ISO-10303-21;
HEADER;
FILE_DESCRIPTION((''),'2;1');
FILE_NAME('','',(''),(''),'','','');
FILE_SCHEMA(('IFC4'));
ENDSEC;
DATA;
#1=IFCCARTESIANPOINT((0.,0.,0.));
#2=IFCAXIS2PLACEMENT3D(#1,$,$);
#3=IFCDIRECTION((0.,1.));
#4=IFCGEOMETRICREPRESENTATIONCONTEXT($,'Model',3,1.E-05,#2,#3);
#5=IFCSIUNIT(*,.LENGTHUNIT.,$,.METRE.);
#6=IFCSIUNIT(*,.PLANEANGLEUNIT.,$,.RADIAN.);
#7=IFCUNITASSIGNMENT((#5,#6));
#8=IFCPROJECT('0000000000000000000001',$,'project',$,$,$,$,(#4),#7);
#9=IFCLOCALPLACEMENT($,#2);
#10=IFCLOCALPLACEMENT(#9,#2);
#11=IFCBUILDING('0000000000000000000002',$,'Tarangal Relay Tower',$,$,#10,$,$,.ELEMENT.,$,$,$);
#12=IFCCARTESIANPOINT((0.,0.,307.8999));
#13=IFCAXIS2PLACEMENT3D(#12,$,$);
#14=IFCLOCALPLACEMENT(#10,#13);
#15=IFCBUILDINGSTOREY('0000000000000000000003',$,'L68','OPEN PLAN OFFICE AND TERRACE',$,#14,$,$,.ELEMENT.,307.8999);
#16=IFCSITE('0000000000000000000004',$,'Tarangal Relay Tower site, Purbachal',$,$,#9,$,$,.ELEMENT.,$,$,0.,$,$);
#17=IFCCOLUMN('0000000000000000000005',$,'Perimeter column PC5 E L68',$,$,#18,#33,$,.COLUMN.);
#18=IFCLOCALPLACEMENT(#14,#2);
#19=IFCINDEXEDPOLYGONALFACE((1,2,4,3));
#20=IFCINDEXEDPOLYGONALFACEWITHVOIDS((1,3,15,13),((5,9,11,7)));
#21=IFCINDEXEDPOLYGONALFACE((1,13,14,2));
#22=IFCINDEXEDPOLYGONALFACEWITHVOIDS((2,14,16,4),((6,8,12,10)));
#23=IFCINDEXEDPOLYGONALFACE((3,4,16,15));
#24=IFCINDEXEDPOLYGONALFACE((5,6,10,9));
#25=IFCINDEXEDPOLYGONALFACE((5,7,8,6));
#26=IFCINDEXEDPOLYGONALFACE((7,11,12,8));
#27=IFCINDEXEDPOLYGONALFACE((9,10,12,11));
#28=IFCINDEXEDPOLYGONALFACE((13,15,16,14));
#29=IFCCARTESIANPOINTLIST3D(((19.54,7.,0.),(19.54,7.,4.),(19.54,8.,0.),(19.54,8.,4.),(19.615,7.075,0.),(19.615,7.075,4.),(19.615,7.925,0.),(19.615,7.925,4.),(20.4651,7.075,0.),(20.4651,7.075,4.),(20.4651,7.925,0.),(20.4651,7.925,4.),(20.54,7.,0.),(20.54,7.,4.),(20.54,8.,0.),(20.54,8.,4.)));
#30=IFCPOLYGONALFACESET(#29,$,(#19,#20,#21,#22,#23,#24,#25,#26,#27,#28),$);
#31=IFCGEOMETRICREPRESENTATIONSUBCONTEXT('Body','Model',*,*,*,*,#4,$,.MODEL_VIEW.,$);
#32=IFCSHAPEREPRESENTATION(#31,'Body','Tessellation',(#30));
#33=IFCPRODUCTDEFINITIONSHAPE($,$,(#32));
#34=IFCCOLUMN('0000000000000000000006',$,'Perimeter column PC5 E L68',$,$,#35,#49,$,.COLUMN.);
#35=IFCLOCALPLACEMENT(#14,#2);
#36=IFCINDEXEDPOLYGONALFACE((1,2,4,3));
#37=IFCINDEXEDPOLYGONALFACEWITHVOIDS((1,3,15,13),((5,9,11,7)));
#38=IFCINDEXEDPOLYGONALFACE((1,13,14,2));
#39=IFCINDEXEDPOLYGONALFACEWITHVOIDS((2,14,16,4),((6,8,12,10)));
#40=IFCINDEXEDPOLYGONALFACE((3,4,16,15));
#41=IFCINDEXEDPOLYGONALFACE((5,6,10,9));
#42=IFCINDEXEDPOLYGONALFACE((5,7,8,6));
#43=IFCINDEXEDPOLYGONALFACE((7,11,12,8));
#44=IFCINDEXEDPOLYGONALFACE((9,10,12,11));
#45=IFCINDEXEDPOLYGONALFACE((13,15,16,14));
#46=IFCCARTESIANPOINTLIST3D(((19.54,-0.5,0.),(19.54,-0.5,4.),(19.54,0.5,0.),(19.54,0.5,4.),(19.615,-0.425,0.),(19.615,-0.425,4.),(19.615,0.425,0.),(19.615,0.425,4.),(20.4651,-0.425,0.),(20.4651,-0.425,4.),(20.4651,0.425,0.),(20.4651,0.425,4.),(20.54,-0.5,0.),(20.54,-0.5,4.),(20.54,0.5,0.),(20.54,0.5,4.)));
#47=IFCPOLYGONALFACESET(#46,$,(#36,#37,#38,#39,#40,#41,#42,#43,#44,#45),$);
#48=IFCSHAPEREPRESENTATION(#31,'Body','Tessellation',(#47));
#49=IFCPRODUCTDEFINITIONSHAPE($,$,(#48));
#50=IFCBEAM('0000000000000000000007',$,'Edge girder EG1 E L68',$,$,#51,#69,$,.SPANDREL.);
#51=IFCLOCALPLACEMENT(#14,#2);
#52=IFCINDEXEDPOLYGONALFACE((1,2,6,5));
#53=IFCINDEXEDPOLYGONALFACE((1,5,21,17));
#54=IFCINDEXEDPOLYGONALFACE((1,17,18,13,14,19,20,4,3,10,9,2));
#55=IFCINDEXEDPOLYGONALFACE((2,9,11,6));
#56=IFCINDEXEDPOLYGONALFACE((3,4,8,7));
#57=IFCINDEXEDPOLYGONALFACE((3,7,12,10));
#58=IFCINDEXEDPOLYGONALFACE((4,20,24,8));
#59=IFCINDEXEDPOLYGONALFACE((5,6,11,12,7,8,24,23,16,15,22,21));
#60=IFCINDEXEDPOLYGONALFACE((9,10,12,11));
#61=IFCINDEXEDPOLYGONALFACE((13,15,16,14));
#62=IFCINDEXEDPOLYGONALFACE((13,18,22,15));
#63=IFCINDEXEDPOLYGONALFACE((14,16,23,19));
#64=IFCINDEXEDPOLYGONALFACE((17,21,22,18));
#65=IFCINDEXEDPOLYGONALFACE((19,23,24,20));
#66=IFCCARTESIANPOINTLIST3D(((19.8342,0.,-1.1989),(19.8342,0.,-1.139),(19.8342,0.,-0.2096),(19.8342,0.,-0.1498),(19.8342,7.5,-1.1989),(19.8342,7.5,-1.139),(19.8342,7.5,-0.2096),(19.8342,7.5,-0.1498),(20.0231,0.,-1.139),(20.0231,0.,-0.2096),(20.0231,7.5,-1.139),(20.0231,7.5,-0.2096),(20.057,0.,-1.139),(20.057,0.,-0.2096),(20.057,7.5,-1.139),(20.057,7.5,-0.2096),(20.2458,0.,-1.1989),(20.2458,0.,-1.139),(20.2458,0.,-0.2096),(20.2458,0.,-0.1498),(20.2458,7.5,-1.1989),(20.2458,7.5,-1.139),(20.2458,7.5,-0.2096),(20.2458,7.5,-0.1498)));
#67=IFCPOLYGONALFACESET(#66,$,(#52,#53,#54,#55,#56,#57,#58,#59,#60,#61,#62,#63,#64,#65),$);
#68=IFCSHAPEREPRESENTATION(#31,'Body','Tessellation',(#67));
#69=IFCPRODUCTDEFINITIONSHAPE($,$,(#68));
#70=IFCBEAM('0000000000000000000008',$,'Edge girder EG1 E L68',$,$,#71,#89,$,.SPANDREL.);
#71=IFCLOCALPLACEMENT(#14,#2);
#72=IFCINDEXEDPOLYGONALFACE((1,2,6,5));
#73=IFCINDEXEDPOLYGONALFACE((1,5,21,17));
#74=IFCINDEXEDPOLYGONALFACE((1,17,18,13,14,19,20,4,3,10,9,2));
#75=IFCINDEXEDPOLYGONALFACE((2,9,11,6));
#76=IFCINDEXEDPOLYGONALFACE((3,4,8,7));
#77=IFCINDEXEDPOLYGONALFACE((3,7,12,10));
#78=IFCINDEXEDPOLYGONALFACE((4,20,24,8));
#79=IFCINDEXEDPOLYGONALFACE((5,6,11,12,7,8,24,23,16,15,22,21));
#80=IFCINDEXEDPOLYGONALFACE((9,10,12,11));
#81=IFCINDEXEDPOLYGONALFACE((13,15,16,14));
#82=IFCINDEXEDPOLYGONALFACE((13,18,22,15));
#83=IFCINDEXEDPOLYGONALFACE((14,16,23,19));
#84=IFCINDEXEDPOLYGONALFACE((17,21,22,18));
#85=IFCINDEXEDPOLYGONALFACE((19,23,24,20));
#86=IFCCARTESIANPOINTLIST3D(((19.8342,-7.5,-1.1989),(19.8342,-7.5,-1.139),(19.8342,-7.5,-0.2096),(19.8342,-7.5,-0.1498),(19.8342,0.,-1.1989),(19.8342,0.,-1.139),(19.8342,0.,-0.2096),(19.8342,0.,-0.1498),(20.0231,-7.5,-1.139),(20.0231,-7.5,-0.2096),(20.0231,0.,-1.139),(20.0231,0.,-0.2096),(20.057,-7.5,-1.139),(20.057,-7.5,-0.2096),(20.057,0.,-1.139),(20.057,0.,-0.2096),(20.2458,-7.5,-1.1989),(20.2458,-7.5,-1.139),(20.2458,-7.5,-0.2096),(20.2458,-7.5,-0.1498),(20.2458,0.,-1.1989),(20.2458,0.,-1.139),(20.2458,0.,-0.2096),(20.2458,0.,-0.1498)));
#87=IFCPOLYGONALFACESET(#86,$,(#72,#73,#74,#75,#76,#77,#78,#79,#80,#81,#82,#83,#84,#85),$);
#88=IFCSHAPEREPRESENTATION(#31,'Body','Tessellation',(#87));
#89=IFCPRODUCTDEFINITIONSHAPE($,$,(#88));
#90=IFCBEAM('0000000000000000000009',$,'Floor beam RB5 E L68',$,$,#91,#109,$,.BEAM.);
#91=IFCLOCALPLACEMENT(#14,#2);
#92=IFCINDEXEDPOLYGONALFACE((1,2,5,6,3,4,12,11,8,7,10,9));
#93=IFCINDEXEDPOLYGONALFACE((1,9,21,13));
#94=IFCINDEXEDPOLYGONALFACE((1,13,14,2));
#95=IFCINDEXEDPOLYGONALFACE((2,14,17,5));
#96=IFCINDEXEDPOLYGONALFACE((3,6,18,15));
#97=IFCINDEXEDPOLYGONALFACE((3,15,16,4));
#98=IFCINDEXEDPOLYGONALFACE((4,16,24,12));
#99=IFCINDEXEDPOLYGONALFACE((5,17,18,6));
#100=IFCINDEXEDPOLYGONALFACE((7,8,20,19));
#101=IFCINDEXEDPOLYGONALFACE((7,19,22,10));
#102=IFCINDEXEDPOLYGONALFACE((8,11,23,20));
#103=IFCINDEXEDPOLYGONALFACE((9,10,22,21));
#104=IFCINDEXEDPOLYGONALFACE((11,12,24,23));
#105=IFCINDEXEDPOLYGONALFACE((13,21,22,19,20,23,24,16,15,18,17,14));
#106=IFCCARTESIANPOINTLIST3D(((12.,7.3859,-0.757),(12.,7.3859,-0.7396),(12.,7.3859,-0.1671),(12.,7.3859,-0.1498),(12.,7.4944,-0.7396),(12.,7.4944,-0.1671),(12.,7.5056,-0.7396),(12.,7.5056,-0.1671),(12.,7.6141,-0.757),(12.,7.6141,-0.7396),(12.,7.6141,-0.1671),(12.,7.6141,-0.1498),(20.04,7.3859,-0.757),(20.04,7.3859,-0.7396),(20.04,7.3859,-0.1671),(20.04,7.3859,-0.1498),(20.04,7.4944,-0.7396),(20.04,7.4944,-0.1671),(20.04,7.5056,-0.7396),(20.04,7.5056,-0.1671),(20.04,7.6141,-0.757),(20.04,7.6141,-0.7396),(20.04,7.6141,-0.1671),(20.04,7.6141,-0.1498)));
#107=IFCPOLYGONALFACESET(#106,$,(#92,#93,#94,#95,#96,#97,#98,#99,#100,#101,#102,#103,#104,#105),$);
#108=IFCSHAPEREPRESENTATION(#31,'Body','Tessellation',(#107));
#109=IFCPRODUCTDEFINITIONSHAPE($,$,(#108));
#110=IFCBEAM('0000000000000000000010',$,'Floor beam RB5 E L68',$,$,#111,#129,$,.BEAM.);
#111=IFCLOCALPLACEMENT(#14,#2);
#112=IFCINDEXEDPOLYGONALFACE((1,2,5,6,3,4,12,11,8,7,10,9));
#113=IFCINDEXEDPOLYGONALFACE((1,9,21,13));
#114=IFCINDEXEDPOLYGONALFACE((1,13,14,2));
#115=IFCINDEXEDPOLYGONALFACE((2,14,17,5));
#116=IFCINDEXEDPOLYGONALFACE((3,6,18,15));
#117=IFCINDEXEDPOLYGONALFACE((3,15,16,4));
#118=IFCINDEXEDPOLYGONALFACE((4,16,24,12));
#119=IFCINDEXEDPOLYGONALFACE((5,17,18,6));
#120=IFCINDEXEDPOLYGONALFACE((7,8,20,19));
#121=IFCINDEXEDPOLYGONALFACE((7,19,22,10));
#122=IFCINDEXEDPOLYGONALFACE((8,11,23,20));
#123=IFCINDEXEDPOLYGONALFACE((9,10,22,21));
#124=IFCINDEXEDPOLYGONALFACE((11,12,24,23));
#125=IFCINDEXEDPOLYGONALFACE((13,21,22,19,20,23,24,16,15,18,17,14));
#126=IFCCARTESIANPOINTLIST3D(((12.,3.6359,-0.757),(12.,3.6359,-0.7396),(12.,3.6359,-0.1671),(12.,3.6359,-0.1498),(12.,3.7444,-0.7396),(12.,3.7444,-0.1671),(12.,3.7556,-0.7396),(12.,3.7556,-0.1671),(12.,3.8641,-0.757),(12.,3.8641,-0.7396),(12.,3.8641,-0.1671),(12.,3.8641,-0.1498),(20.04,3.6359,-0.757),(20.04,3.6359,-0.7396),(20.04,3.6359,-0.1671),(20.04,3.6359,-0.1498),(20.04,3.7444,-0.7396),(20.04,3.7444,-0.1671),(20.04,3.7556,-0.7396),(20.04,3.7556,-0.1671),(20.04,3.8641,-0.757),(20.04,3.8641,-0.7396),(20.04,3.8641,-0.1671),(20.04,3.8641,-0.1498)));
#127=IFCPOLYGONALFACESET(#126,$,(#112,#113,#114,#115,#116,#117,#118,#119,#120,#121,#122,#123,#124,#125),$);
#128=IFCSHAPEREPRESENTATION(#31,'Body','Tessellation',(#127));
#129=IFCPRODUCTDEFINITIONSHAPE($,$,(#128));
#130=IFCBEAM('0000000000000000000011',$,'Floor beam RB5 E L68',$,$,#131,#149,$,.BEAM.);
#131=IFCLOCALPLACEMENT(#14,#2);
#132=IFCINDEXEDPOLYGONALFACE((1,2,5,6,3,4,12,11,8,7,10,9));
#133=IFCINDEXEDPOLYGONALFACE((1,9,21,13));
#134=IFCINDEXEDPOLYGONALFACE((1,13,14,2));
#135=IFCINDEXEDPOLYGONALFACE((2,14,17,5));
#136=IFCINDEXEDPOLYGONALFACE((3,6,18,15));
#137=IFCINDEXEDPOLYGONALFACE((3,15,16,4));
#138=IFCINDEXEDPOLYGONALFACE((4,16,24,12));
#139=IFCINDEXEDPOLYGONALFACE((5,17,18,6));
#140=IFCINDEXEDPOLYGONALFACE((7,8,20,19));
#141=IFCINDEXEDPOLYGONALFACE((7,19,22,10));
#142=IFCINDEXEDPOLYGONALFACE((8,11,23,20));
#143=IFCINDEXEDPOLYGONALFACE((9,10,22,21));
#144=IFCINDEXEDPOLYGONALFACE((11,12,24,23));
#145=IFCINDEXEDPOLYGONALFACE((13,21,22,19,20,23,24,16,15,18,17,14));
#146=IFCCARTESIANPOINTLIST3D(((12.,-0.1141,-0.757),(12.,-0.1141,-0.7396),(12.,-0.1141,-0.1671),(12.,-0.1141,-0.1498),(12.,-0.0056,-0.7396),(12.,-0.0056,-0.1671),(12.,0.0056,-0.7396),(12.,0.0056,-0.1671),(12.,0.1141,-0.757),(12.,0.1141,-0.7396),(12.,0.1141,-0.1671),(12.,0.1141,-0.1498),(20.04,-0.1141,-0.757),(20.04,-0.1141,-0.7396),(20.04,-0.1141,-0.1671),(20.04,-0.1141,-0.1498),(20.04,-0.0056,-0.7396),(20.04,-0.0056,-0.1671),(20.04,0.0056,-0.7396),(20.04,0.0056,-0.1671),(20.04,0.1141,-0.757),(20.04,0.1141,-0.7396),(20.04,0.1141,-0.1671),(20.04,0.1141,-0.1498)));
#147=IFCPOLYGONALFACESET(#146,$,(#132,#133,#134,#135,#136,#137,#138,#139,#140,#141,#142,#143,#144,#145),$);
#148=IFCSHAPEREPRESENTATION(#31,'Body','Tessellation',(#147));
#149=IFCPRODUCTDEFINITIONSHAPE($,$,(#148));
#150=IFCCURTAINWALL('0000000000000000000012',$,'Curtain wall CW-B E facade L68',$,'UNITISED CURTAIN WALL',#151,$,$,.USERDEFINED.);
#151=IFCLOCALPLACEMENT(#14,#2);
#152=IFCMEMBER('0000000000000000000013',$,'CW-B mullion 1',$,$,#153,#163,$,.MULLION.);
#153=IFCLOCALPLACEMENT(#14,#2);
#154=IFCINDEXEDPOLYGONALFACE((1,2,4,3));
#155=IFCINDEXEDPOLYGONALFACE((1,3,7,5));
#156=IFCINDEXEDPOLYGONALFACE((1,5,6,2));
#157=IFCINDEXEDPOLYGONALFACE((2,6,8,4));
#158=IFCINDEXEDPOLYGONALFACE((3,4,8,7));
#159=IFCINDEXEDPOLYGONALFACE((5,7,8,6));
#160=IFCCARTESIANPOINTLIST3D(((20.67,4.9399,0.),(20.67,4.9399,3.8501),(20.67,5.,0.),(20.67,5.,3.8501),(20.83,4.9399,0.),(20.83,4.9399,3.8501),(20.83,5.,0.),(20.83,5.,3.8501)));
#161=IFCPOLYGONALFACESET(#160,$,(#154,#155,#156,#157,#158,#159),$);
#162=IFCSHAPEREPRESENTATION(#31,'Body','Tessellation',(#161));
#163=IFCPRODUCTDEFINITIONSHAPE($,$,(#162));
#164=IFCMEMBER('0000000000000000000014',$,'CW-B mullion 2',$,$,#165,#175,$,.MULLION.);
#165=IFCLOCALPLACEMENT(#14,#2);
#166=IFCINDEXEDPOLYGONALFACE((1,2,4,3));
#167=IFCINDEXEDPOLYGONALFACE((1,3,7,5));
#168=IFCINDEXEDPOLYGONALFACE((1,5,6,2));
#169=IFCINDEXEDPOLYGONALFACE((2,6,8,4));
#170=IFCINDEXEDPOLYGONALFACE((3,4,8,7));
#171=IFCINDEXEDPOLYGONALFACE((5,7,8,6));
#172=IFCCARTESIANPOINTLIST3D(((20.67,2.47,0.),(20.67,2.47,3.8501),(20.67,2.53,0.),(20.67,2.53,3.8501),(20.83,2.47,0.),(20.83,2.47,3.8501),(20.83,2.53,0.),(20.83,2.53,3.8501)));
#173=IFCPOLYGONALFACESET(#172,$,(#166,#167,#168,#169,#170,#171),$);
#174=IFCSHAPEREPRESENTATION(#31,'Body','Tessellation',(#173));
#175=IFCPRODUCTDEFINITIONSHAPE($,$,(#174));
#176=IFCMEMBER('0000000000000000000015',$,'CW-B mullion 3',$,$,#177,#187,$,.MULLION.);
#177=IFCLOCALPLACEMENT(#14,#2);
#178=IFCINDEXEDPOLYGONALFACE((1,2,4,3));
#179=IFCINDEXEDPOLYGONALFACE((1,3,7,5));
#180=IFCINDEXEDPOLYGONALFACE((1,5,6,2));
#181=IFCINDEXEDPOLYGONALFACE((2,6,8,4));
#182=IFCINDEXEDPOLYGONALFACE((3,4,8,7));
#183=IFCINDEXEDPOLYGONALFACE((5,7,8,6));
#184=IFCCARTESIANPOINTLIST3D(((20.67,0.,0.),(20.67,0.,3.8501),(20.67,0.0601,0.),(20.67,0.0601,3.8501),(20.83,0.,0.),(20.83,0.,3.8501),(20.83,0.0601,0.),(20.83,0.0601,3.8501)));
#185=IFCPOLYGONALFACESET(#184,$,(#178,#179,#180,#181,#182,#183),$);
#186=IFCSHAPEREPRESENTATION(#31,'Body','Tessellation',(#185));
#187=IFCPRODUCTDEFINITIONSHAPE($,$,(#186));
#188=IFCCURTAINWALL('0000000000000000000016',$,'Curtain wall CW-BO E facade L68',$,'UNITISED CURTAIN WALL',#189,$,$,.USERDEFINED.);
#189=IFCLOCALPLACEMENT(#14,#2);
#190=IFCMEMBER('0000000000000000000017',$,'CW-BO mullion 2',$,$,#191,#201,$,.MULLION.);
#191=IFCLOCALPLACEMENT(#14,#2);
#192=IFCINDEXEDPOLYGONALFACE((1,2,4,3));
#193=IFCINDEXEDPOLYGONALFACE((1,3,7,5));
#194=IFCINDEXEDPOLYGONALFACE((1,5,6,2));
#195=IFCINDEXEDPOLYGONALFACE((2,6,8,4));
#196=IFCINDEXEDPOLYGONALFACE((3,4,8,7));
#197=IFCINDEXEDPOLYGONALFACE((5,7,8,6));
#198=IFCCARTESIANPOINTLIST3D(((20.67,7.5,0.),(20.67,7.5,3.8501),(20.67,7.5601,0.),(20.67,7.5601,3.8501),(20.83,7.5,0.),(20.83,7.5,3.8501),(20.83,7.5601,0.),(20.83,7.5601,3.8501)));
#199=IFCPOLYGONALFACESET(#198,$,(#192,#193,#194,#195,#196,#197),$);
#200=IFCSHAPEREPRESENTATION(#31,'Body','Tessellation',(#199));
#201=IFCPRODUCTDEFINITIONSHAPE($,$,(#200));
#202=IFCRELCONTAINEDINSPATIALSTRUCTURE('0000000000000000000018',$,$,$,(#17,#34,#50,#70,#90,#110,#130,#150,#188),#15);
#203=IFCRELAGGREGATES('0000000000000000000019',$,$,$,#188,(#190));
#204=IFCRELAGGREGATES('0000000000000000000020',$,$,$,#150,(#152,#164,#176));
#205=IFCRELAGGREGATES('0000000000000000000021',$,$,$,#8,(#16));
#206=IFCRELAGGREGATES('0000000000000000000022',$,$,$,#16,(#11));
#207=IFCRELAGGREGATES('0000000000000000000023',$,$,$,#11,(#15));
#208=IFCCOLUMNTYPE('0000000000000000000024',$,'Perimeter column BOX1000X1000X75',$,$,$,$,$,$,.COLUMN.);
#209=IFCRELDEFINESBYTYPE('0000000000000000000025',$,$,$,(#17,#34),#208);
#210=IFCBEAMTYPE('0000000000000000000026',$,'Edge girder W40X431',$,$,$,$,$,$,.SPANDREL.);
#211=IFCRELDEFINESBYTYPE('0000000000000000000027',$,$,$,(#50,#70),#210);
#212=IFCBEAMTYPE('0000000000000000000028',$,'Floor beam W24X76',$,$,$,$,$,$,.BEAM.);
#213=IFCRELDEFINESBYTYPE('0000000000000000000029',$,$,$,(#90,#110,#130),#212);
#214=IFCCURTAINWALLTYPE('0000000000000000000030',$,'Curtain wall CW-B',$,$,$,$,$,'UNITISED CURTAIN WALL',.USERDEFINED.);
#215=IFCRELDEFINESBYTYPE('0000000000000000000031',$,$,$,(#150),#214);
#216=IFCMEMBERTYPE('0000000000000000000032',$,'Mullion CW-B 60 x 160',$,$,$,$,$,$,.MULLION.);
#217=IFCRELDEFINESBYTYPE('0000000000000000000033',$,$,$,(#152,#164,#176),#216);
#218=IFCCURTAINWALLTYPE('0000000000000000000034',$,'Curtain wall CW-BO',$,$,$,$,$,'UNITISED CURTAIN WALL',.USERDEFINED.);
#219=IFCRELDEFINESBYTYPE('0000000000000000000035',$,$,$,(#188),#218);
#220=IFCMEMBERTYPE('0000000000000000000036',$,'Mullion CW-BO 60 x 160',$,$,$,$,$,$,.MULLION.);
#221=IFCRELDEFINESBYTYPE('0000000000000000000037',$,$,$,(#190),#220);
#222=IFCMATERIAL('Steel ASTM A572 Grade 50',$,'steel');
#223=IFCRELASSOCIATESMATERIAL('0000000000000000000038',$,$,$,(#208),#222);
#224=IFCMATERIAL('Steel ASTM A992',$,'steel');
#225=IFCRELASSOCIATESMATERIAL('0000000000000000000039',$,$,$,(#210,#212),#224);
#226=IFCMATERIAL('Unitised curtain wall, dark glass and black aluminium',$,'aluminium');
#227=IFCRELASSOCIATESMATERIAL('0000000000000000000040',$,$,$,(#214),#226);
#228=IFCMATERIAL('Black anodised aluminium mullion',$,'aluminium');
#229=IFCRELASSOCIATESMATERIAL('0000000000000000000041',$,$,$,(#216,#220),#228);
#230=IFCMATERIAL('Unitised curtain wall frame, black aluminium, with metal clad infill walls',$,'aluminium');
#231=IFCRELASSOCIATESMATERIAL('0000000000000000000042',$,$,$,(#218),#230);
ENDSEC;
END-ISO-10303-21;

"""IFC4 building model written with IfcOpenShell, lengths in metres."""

from ifc_helpers import new_model, si_unit, direction, frame, origin, origin_2d, place, context, subcontext, project, spatial, rectangle, hollow_rectangle, i_section, extrude, material, material_profile, profile_set, type_object, element, aggregate, save


model = new_model("IFC4")

# Units and contexts
model_context = context("Model", 3, precision=1e-05, world=origin(), true_north=direction((0.0, 1.0)))
body_context = subcontext(model_context, "Body", "Model", "MODEL_VIEW")
ifc_project = project(units=[si_unit("LENGTHUNIT", "METRE"), si_unit("PLANEANGLEUNIT", "RADIAN")], contexts=[model_context])

# Site, building, storey
site_placement = place(None, origin())
site = spatial("IfcSite", under=ifc_project, at=site_placement, Name="Tarangal Relay Tower site, Purbachal", CompositionType="ELEMENT", RefElevation=0.0)
building_placement = place(site_placement, origin())
building = spatial("IfcBuilding", under=site, at=building_placement, Name="Tarangal Relay Tower", CompositionType="ELEMENT")
storey_placement = place(building_placement, frame((0.0, 0.0, 307.8999)))
storey = spatial("IfcBuildingStorey", under=building, at=storey_placement, Name="L68", Description="OPEN PLAN OFFICE AND TERRACE", CompositionType="ELEMENT", Elevation=307.8999)

# Columns
ifc_material_1 = material(Name="Steel ASTM A572 Grade 50", Category="steel")
ifc_material_profile_1 = material_profile(ifc_material_1, hollow_rectangle(XDim=1.0, YDim=1.0, WallThickness=0.075, at=origin_2d()), Name="BOX1000X1000X75")
ifc_profile_set_1 = profile_set([ifc_material_profile_1], Name="Steel ASTM A572 Grade 50")
column_type = type_object("IfcColumnType", Name="Perimeter column BOX1000X1000X75", PredefinedType="COLUMN", material=ifc_profile_set_1)
for number, where, z_axis, x_axis, name in (
    (1, (20.04, 7.5, 0.0), (0.0, 0.0, 1.0), (1.0, 0.0, 0.0), "Perimeter column PC5 E L68"),
    (2, (20.04, 0.0, 0.0), (0.0, 0.0, 1.0), (1.0, 0.0, 0.0), "Perimeter column PC5 E L68"),
):
    element("IfcColumn", number, at=place(storey_placement, frame(where, z_axis=z_axis, x_axis=x_axis)), inside=storey, type_object=column_type, Name=name, PredefinedType="COLUMN", context=body_context, shape_type="SweptSolid", body=[
        extrude(hollow_rectangle(XDim=1.0, YDim=1.0, WallThickness=0.075, at=origin_2d()), origin(), (0.0, 0.0, 1.0), 4.0),
    ])

# Beams
ifc_material_2 = material(Name="Steel ASTM A992", Category="steel")
ifc_material_profile_2 = material_profile(ifc_material_2, i_section(OverallWidth=0.4116, OverallDepth=1.0491, WebThickness=0.0339, FlangeThickness=0.0598, at=origin_2d()), Name="W40X431")
ifc_profile_set_2 = profile_set([ifc_material_profile_2], Name="Steel ASTM A992")
beam_type_1 = type_object("IfcBeamType", Name="Edge girder W40X431", PredefinedType="SPANDREL", material=ifc_profile_set_2)
for number, where, z_axis, x_axis, name in (
    (3, (20.04, 7.5, -0.6743), (0.0, -1.0, 0.0), (1.0, 0.0, 0.0), "Edge girder EG1 E L68"),
    (4, (20.04, 0.0, -0.6743), (0.0, -1.0, 0.0), (1.0, 0.0, 0.0), "Edge girder EG1 E L68"),
):
    element("IfcBeam", number, at=place(storey_placement, frame(where, z_axis=z_axis, x_axis=x_axis)), inside=storey, type_object=beam_type_1, Name=name, PredefinedType="SPANDREL", context=body_context, shape_type="SweptSolid", body=[
        extrude(i_section(OverallWidth=0.4116, OverallDepth=1.0491, WebThickness=0.0339, FlangeThickness=0.0598, at=origin_2d()), origin(), (0.0, 0.0, 1.0), 7.5),
    ])
ifc_material_profile_3 = material_profile(ifc_material_2, i_section(OverallWidth=0.2283, OverallDepth=0.6072, WebThickness=0.0112, FlangeThickness=0.0173, at=origin_2d()), Name="W24X76")
ifc_profile_set_3 = profile_set([ifc_material_profile_3], Name="Steel ASTM A992")
beam_type_2 = type_object("IfcBeamType", Name="Floor beam W24X76", PredefinedType="BEAM", material=ifc_profile_set_3)
for number, where, z_axis, x_axis, name in (
    (5, (12.0, 7.5, -0.4534), (1.0, 0.0, 0.0), (0.0, 1.0, 0.0), "Floor beam RB5 E L68"),
    (6, (12.0, 3.75, -0.4534), (1.0, 0.0, 0.0), (0.0, 1.0, 0.0), "Floor beam RB5 E L68"),
    (7, (12.0, 0.0, -0.4534), (1.0, 0.0, 0.0), (0.0, 1.0, 0.0), "Floor beam RB5 E L68"),
):
    element("IfcBeam", number, at=place(storey_placement, frame(where, z_axis=z_axis, x_axis=x_axis)), inside=storey, type_object=beam_type_2, Name=name, PredefinedType="BEAM", context=body_context, shape_type="SweptSolid", body=[
        extrude(i_section(OverallWidth=0.2283, OverallDepth=0.6072, WebThickness=0.0112, FlangeThickness=0.0173, at=origin_2d()), origin(), (0.0, 0.0, 1.0), 8.04),
    ])

# Curtain wall, members
ifc_material_3 = material(Name="Unitised curtain wall, dark glass and black aluminium", Category="aluminium")
curtain_wall_type_1 = type_object("IfcCurtainWallType", Name="Curtain wall CW-B", ElementType="UNITISED CURTAIN WALL", PredefinedType="USERDEFINED", material=ifc_material_3)
curtain_wall_1_placement = place(storey_placement, origin())
curtain_wall_1 = element("IfcCurtainWall", 8, at=curtain_wall_1_placement, inside=storey, type_object=curtain_wall_type_1, Name="Curtain wall CW-B E facade L68", ObjectType="UNITISED CURTAIN WALL", PredefinedType="USERDEFINED")
ifc_material_4 = material(Name="Black anodised aluminium mullion", Category="aluminium")
ifc_material_profile_4 = material_profile(ifc_material_4, rectangle(XDim=0.1599, YDim=0.0601, at=origin_2d()), Name="CW-BM 60X160")
ifc_profile_set_4 = profile_set([ifc_material_profile_4], Name="Black anodised aluminium mullion")
member_type_1 = type_object("IfcMemberType", Name="Mullion CW-B 60 x 160", PredefinedType="MULLION", material=ifc_profile_set_4)
member_1_placement = place(storey_placement, frame((20.75, 4.97, 0.0), z_axis=(0.0, 0.0, 1.0), x_axis=(1.0, 0.0, 0.0)))
member_1 = element("IfcMember", 9, at=member_1_placement, type_object=member_type_1, Name="CW-B mullion 1", PredefinedType="MULLION", context=body_context, shape_type="SweptSolid", body=[
    extrude(rectangle(XDim=0.1599, YDim=0.0601, at=origin_2d()), origin(), (0.0, 0.0, 1.0), 3.8501),
])
member_2_placement = place(storey_placement, frame((20.75, 2.5, 0.0), z_axis=(0.0, 0.0, 1.0), x_axis=(1.0, 0.0, 0.0)))
member_2 = element("IfcMember", 10, at=member_2_placement, type_object=member_type_1, Name="CW-B mullion 2", PredefinedType="MULLION", context=body_context, shape_type="SweptSolid", body=[
    extrude(rectangle(XDim=0.1599, YDim=0.0601, at=origin_2d()), origin(), (0.0, 0.0, 1.0), 3.8501),
])
member_3_placement = place(storey_placement, frame((20.75, 0.03, 0.0), z_axis=(0.0, 0.0, 1.0), x_axis=(1.0, 0.0, 0.0)))
member_3 = element("IfcMember", 11, at=member_3_placement, type_object=member_type_1, Name="CW-B mullion 3", PredefinedType="MULLION", context=body_context, shape_type="SweptSolid", body=[
    extrude(rectangle(XDim=0.1599, YDim=0.0601, at=origin_2d()), origin(), (0.0, 0.0, 1.0), 3.8501),
])

# Curtain wall, member
ifc_material_5 = material(Name="Unitised curtain wall frame, black aluminium, with metal clad infill walls", Category="aluminium")
curtain_wall_type_2 = type_object("IfcCurtainWallType", Name="Curtain wall CW-BO", ElementType="UNITISED CURTAIN WALL", PredefinedType="USERDEFINED", material=ifc_material_5)
curtain_wall_2_placement = place(storey_placement, origin())
curtain_wall_2 = element("IfcCurtainWall", 12, at=curtain_wall_2_placement, inside=storey, type_object=curtain_wall_type_2, Name="Curtain wall CW-BO E facade L68", ObjectType="UNITISED CURTAIN WALL", PredefinedType="USERDEFINED")
ifc_material_profile_5 = material_profile(ifc_material_4, rectangle(XDim=0.1599, YDim=0.0601, at=origin_2d()), Name="CW-BOM 60X160")
ifc_profile_set_5 = profile_set([ifc_material_profile_5], Name="Black anodised aluminium mullion")
member_type_2 = type_object("IfcMemberType", Name="Mullion CW-BO 60 x 160", PredefinedType="MULLION", material=ifc_profile_set_5)
member_4_placement = place(storey_placement, frame((20.75, 7.53, 0.0), z_axis=(0.0, 0.0, 1.0), x_axis=(1.0, 0.0, 0.0)))
member_4 = element("IfcMember", 13, at=member_4_placement, type_object=member_type_2, Name="CW-BO mullion 2", PredefinedType="MULLION", context=body_context, shape_type="SweptSolid", body=[
    extrude(rectangle(XDim=0.1599, YDim=0.0601, at=origin_2d()), origin(), (0.0, 0.0, 1.0), 3.8501),
])

aggregate(curtain_wall_2, [member_4])

aggregate(curtain_wall_1, [member_1, member_2, member_3])

save(model, "model.ifc")
